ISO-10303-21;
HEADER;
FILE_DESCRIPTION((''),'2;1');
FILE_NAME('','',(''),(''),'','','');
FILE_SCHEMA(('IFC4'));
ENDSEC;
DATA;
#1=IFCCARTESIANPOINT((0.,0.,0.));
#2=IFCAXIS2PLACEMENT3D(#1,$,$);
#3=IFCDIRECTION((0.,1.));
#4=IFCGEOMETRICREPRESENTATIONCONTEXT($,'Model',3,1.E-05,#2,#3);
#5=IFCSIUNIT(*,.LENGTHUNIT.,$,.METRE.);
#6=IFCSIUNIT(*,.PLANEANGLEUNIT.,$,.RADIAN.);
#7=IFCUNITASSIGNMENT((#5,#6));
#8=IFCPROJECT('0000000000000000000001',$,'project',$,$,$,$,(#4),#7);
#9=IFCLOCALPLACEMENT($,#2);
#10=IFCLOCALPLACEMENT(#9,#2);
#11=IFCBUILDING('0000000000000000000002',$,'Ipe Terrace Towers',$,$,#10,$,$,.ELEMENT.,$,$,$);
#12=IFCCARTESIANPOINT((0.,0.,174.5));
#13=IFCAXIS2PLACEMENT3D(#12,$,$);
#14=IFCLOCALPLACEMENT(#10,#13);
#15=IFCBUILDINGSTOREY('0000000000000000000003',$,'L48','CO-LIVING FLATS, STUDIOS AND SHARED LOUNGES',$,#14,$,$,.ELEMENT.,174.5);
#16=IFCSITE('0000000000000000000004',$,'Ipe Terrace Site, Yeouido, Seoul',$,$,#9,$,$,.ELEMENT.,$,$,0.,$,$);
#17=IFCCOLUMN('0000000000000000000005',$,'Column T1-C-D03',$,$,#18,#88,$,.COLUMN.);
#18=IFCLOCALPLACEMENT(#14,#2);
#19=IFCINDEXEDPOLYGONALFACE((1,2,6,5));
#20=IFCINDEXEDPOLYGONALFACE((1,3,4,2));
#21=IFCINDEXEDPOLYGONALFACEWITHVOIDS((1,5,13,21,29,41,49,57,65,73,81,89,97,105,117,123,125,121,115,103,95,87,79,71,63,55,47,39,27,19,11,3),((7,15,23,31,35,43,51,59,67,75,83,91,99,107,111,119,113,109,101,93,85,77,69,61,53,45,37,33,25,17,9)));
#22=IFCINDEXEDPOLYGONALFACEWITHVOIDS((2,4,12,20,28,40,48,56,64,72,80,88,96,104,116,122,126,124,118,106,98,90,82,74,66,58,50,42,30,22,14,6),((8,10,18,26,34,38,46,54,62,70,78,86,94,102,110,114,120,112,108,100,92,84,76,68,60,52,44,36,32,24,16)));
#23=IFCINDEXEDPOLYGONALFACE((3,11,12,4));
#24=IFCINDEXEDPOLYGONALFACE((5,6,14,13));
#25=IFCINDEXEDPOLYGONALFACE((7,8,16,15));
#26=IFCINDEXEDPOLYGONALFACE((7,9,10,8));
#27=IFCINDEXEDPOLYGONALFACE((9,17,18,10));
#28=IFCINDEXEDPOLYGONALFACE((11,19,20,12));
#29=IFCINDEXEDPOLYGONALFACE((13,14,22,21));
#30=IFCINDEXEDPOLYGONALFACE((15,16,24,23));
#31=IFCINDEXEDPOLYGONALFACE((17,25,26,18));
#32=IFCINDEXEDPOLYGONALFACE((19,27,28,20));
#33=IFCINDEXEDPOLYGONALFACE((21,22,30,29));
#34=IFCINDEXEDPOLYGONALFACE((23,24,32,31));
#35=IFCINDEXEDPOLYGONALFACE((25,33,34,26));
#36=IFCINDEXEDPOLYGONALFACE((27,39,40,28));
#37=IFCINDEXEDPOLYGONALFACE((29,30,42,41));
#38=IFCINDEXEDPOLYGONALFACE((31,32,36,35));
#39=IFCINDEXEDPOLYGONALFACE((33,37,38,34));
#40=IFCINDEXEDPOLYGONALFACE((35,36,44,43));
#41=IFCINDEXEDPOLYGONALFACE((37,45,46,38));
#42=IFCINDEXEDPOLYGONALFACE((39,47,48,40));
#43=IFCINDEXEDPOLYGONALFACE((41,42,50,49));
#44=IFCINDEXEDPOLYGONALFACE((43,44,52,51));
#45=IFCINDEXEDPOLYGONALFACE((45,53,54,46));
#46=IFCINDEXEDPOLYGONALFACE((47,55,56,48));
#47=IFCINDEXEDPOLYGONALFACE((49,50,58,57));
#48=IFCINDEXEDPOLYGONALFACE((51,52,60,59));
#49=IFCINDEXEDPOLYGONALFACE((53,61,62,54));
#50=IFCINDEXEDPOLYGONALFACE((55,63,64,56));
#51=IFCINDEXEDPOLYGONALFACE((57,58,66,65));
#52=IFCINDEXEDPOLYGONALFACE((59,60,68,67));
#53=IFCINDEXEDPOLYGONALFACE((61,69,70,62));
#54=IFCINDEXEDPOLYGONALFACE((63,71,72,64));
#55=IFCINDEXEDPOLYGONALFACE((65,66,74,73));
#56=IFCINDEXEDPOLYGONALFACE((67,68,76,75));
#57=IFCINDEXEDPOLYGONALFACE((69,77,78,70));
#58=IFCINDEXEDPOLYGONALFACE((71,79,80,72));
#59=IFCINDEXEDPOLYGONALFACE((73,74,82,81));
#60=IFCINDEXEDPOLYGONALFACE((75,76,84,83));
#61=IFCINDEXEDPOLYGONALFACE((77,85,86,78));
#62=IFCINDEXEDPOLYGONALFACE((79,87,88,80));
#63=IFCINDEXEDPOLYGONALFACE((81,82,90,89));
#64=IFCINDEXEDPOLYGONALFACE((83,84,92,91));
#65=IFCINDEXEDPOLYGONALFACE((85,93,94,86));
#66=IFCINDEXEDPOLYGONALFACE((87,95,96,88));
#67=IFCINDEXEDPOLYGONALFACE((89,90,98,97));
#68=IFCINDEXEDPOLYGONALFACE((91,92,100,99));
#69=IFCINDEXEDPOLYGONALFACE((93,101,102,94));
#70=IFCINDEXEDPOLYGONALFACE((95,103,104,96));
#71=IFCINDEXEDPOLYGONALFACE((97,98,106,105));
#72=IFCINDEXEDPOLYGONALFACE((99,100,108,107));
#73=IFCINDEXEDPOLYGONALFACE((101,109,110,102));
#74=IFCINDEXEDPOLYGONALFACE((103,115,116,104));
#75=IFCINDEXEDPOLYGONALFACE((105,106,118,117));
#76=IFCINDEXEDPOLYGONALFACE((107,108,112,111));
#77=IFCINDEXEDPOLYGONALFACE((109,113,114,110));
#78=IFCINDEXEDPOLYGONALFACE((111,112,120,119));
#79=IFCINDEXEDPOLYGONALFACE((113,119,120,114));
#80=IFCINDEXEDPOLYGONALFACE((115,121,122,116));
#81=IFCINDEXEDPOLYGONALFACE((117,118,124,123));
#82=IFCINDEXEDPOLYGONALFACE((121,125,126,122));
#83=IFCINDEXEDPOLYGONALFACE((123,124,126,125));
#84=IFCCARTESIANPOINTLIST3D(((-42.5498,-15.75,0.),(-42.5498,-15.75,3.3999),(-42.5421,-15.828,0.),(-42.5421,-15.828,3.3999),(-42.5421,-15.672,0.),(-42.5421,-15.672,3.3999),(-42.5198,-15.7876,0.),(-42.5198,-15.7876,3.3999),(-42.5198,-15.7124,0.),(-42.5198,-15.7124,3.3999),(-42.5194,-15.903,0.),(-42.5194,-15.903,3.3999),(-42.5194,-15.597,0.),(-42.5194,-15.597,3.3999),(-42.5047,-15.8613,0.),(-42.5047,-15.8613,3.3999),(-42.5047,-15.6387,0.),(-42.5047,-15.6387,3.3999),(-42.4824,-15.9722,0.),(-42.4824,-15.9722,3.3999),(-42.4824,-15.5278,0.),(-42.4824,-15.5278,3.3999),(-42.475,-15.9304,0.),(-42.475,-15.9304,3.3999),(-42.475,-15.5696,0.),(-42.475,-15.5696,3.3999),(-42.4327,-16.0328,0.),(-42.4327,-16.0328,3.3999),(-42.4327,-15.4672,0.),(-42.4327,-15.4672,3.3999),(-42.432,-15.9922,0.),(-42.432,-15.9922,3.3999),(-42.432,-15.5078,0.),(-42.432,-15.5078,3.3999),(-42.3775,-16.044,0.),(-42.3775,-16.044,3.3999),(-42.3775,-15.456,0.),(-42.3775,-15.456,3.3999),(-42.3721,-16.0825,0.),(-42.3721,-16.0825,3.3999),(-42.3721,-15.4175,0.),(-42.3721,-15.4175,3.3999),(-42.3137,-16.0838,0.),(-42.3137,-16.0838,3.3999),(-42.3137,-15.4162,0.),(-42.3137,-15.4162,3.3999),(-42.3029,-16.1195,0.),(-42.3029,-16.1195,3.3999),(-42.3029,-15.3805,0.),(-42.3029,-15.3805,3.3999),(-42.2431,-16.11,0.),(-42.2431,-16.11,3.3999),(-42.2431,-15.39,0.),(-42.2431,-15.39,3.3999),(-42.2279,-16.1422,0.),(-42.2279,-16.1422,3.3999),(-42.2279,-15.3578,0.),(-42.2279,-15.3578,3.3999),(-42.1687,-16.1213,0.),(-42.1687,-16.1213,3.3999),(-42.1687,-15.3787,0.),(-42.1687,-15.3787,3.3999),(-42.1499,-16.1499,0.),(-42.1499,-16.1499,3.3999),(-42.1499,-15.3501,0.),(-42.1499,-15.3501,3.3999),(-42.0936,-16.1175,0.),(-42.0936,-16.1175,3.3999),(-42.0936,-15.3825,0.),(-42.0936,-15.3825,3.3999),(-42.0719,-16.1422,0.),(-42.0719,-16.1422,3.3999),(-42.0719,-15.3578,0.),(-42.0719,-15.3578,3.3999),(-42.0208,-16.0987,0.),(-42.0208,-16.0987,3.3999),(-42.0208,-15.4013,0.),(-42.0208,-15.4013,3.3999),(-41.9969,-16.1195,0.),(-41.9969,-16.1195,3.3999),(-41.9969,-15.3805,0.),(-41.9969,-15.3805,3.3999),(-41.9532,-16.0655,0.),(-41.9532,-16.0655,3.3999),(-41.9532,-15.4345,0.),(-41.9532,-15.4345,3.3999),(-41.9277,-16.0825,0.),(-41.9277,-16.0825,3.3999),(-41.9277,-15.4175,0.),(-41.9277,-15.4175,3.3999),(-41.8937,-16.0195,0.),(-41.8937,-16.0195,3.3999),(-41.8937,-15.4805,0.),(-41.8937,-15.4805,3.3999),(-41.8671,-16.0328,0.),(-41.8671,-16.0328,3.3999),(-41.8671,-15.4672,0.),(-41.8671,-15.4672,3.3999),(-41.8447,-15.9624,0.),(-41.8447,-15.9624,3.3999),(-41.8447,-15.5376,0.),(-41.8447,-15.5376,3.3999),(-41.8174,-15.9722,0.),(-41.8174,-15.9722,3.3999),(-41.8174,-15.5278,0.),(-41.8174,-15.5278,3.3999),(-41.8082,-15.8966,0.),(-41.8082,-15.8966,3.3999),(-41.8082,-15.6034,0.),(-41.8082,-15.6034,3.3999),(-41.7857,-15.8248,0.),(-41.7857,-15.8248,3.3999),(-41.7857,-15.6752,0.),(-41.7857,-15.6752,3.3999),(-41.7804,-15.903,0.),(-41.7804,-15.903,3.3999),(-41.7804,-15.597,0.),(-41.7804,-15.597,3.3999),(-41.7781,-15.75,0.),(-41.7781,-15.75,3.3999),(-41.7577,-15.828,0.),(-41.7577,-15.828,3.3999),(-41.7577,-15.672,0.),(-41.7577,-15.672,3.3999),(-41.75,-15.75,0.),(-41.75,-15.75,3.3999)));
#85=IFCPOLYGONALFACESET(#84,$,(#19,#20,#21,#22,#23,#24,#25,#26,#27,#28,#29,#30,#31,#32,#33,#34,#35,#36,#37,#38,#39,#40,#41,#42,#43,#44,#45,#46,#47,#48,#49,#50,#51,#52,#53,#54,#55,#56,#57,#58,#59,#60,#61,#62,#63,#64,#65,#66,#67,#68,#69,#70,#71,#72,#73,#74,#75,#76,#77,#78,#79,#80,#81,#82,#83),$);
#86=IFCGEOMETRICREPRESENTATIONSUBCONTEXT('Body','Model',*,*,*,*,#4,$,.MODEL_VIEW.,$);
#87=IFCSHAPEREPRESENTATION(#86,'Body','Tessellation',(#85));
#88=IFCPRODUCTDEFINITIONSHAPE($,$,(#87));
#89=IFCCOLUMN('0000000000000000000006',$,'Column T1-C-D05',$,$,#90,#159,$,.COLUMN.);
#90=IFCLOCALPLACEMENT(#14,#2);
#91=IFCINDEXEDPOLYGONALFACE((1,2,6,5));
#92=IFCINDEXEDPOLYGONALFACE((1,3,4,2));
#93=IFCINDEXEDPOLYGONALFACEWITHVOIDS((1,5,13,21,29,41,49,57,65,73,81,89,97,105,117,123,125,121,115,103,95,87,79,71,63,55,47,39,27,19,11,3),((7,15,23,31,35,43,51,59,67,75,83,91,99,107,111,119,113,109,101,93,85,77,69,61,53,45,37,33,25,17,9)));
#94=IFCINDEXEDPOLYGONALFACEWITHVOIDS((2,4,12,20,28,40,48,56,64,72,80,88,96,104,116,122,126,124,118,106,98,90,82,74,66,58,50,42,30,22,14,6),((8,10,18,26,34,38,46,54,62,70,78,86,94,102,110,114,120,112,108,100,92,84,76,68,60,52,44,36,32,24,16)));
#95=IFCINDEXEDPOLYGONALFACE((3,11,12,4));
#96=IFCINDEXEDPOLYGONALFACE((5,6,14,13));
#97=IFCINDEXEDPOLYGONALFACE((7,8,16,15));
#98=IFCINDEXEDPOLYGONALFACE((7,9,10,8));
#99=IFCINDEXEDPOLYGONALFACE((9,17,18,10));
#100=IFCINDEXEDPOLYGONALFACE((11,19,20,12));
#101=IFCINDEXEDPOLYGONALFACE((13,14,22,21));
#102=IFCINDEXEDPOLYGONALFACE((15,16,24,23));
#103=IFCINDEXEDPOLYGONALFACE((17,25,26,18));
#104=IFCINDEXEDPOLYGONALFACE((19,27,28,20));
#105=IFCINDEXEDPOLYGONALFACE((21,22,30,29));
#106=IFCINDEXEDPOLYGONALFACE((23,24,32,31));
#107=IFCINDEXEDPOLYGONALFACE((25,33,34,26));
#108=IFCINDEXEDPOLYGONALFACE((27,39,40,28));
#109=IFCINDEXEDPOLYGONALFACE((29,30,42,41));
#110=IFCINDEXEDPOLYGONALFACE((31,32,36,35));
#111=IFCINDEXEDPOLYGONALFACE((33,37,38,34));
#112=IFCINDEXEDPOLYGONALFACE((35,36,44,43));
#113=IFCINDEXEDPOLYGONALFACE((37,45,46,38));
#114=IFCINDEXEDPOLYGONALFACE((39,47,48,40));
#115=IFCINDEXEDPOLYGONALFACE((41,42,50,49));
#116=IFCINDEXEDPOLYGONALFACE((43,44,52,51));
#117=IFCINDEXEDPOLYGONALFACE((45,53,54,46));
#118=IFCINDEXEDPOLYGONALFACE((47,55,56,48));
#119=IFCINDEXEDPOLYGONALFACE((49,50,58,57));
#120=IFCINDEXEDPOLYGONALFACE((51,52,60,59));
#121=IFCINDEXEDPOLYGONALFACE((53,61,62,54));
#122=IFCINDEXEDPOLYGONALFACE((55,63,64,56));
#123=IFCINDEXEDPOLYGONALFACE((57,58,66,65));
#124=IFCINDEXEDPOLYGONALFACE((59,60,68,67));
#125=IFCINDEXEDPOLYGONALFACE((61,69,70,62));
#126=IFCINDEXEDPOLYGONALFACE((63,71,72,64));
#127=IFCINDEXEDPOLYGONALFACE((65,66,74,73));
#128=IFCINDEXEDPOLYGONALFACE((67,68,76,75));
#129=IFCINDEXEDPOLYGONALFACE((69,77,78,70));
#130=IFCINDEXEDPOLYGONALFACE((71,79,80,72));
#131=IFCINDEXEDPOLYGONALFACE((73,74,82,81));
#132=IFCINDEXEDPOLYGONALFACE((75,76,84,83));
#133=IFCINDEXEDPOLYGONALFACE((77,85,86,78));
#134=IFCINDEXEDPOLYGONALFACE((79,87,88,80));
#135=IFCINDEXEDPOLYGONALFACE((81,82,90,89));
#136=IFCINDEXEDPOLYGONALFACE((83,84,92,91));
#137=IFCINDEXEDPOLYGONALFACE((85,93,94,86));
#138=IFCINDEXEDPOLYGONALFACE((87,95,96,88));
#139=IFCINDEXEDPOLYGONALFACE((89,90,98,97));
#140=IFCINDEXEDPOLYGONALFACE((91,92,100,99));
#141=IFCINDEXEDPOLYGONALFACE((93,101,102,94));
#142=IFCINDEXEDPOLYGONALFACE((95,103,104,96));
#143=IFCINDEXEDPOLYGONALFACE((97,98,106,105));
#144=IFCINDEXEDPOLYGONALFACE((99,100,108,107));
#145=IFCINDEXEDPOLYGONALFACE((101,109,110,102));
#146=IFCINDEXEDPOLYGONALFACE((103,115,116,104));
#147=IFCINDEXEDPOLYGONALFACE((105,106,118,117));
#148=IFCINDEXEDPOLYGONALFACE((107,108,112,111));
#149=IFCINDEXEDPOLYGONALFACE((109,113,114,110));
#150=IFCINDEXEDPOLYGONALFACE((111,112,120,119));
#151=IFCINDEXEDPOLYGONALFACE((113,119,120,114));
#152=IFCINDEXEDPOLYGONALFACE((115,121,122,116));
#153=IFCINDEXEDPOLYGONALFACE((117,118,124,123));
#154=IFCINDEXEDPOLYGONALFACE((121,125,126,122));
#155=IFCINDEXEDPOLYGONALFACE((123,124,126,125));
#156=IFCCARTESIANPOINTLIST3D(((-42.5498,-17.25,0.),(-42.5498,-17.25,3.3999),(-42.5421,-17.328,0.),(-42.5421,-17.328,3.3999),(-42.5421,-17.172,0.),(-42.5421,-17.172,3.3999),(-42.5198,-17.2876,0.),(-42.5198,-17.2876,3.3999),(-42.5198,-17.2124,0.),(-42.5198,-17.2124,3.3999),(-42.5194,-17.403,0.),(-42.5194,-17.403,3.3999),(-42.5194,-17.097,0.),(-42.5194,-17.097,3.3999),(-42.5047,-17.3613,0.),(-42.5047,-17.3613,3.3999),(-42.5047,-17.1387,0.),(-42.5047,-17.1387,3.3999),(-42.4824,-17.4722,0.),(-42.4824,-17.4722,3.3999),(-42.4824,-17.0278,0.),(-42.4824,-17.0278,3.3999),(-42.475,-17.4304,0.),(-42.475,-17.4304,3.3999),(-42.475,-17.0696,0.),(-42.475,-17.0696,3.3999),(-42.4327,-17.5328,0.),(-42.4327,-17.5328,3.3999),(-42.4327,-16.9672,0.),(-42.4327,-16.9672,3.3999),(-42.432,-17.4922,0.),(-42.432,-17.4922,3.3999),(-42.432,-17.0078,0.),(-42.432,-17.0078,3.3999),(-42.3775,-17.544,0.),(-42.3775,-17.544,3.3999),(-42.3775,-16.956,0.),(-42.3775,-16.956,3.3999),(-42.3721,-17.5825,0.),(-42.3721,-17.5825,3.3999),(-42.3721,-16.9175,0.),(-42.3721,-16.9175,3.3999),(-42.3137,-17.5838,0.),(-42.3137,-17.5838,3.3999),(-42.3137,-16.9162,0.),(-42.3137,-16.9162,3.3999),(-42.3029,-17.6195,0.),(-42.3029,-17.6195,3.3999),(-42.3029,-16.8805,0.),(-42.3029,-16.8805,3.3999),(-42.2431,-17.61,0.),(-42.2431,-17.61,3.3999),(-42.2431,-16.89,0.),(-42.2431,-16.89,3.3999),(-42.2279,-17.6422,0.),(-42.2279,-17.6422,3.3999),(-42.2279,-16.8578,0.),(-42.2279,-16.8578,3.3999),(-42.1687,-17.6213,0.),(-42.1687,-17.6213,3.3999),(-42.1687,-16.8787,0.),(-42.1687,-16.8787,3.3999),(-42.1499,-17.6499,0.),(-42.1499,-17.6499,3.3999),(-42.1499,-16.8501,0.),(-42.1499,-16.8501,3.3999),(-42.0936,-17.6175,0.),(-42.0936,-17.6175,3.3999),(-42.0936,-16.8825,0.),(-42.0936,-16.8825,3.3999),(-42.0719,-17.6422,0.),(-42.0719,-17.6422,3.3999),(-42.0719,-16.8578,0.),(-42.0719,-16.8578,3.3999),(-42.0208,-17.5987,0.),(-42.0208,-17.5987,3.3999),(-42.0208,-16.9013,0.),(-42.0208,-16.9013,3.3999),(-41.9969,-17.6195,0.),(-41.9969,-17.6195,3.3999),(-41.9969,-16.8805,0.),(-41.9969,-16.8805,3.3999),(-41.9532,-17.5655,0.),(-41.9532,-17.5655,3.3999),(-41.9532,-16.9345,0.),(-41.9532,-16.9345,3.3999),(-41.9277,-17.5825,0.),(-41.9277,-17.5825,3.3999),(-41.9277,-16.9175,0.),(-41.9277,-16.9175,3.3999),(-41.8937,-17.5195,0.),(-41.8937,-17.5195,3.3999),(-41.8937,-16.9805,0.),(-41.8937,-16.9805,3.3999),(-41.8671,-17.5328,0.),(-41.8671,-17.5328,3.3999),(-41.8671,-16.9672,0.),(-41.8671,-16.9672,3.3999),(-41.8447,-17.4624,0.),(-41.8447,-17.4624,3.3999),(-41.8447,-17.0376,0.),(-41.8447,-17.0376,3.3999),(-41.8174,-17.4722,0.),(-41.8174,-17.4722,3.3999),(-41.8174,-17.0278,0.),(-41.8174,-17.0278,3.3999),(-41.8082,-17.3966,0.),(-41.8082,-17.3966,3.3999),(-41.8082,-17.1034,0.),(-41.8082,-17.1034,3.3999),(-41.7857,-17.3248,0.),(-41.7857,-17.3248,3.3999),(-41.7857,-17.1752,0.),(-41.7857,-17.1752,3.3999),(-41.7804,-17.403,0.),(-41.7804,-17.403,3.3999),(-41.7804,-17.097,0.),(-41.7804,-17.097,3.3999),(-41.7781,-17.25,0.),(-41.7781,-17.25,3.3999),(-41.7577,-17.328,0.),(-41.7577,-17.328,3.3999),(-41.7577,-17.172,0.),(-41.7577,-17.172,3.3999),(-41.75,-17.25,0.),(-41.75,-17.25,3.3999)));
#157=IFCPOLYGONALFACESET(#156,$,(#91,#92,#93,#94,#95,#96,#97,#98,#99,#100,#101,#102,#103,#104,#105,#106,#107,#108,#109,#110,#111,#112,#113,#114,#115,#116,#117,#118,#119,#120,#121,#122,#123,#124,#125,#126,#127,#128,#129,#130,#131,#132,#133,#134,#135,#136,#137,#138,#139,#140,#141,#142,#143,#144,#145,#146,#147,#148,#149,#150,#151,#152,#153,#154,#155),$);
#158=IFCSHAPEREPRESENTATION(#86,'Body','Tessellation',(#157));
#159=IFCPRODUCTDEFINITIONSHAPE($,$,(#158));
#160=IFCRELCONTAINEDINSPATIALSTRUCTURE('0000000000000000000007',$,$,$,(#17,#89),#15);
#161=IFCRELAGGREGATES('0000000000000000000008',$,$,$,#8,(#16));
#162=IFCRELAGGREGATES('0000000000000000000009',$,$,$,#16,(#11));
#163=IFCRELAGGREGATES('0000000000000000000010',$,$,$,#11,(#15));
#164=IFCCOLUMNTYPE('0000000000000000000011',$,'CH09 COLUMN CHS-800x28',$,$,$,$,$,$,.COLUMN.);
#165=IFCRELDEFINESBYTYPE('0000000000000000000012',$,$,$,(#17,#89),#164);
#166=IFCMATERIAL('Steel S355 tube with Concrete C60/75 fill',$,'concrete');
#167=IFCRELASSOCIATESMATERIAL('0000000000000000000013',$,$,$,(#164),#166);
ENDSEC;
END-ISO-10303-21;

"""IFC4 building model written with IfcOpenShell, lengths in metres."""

from ifc_helpers import new_model, si_unit, direction, frame, origin, origin_2d, place, context, subcontext, project, spatial, hollow_circle, extrude, material, material_profile, profile_set, type_object, element, save


model = new_model("IFC4")

# Units and contexts
model_context = context("Model", 3, precision=1e-05, world=origin(), true_north=direction((0.0, 1.0)))
body_context = subcontext(model_context, "Body", "Model", "MODEL_VIEW")
ifc_project = project(units=[si_unit("LENGTHUNIT", "METRE"), si_unit("PLANEANGLEUNIT", "RADIAN")], contexts=[model_context])

# Site, building, storey
site_placement = place(None, origin())
site = spatial("IfcSite", under=ifc_project, at=site_placement, Name="Ipe Terrace Site, Yeouido, Seoul", CompositionType="ELEMENT", RefElevation=0.0)
building_placement = place(site_placement, origin())
building = spatial("IfcBuilding", under=site, at=building_placement, Name="Ipe Terrace Towers", CompositionType="ELEMENT")
storey_placement = place(building_placement, frame((0.0, 0.0, 174.5)))
storey = spatial("IfcBuildingStorey", under=building, at=storey_placement, Name="L48", Description="CO-LIVING FLATS, STUDIOS AND SHARED LOUNGES", CompositionType="ELEMENT", Elevation=174.5)

# Columns
ifc_material_1 = material(Name="Steel S355 tube with Concrete C60/75 fill", Category="concrete")
ifc_material_profile_1 = material_profile(ifc_material_1, hollow_circle(Radius=0.3999, WallThickness=0.0281, at=origin_2d()), Name="CHS-800x28")
ifc_profile_set_1 = profile_set([ifc_material_profile_1], Name="Steel S355 tube with Concrete C60/75 fill")
column_type_1 = type_object("IfcColumnType", Name="CH09 COLUMN CHS-800x28", PredefinedType="COLUMN", material=ifc_profile_set_1)
for number, where, z_axis, x_axis, name in (
    (1, (-42.1499, -15.75, 0.0), (0.0, 0.0, 1.0), (1.0, 0.0, 0.0), "Column T1-C-D03"),
    (2, (-42.1499, -17.25, 0.0), (0.0, 0.0, 1.0), (1.0, 0.0, 0.0), "Column T1-C-D05"),
):
    element("IfcColumn", number, at=place(storey_placement, frame(where, z_axis=z_axis, x_axis=x_axis)), inside=storey, type_object=column_type_1, Name=name, PredefinedType="COLUMN", context=body_context, shape_type="SweptSolid", body=[
        extrude(hollow_circle(Radius=0.3999, WallThickness=0.0281, at=origin_2d()), origin(), (0.0, 0.0, 1.0), 3.3999),
    ])

save(model, "model.ifc")
